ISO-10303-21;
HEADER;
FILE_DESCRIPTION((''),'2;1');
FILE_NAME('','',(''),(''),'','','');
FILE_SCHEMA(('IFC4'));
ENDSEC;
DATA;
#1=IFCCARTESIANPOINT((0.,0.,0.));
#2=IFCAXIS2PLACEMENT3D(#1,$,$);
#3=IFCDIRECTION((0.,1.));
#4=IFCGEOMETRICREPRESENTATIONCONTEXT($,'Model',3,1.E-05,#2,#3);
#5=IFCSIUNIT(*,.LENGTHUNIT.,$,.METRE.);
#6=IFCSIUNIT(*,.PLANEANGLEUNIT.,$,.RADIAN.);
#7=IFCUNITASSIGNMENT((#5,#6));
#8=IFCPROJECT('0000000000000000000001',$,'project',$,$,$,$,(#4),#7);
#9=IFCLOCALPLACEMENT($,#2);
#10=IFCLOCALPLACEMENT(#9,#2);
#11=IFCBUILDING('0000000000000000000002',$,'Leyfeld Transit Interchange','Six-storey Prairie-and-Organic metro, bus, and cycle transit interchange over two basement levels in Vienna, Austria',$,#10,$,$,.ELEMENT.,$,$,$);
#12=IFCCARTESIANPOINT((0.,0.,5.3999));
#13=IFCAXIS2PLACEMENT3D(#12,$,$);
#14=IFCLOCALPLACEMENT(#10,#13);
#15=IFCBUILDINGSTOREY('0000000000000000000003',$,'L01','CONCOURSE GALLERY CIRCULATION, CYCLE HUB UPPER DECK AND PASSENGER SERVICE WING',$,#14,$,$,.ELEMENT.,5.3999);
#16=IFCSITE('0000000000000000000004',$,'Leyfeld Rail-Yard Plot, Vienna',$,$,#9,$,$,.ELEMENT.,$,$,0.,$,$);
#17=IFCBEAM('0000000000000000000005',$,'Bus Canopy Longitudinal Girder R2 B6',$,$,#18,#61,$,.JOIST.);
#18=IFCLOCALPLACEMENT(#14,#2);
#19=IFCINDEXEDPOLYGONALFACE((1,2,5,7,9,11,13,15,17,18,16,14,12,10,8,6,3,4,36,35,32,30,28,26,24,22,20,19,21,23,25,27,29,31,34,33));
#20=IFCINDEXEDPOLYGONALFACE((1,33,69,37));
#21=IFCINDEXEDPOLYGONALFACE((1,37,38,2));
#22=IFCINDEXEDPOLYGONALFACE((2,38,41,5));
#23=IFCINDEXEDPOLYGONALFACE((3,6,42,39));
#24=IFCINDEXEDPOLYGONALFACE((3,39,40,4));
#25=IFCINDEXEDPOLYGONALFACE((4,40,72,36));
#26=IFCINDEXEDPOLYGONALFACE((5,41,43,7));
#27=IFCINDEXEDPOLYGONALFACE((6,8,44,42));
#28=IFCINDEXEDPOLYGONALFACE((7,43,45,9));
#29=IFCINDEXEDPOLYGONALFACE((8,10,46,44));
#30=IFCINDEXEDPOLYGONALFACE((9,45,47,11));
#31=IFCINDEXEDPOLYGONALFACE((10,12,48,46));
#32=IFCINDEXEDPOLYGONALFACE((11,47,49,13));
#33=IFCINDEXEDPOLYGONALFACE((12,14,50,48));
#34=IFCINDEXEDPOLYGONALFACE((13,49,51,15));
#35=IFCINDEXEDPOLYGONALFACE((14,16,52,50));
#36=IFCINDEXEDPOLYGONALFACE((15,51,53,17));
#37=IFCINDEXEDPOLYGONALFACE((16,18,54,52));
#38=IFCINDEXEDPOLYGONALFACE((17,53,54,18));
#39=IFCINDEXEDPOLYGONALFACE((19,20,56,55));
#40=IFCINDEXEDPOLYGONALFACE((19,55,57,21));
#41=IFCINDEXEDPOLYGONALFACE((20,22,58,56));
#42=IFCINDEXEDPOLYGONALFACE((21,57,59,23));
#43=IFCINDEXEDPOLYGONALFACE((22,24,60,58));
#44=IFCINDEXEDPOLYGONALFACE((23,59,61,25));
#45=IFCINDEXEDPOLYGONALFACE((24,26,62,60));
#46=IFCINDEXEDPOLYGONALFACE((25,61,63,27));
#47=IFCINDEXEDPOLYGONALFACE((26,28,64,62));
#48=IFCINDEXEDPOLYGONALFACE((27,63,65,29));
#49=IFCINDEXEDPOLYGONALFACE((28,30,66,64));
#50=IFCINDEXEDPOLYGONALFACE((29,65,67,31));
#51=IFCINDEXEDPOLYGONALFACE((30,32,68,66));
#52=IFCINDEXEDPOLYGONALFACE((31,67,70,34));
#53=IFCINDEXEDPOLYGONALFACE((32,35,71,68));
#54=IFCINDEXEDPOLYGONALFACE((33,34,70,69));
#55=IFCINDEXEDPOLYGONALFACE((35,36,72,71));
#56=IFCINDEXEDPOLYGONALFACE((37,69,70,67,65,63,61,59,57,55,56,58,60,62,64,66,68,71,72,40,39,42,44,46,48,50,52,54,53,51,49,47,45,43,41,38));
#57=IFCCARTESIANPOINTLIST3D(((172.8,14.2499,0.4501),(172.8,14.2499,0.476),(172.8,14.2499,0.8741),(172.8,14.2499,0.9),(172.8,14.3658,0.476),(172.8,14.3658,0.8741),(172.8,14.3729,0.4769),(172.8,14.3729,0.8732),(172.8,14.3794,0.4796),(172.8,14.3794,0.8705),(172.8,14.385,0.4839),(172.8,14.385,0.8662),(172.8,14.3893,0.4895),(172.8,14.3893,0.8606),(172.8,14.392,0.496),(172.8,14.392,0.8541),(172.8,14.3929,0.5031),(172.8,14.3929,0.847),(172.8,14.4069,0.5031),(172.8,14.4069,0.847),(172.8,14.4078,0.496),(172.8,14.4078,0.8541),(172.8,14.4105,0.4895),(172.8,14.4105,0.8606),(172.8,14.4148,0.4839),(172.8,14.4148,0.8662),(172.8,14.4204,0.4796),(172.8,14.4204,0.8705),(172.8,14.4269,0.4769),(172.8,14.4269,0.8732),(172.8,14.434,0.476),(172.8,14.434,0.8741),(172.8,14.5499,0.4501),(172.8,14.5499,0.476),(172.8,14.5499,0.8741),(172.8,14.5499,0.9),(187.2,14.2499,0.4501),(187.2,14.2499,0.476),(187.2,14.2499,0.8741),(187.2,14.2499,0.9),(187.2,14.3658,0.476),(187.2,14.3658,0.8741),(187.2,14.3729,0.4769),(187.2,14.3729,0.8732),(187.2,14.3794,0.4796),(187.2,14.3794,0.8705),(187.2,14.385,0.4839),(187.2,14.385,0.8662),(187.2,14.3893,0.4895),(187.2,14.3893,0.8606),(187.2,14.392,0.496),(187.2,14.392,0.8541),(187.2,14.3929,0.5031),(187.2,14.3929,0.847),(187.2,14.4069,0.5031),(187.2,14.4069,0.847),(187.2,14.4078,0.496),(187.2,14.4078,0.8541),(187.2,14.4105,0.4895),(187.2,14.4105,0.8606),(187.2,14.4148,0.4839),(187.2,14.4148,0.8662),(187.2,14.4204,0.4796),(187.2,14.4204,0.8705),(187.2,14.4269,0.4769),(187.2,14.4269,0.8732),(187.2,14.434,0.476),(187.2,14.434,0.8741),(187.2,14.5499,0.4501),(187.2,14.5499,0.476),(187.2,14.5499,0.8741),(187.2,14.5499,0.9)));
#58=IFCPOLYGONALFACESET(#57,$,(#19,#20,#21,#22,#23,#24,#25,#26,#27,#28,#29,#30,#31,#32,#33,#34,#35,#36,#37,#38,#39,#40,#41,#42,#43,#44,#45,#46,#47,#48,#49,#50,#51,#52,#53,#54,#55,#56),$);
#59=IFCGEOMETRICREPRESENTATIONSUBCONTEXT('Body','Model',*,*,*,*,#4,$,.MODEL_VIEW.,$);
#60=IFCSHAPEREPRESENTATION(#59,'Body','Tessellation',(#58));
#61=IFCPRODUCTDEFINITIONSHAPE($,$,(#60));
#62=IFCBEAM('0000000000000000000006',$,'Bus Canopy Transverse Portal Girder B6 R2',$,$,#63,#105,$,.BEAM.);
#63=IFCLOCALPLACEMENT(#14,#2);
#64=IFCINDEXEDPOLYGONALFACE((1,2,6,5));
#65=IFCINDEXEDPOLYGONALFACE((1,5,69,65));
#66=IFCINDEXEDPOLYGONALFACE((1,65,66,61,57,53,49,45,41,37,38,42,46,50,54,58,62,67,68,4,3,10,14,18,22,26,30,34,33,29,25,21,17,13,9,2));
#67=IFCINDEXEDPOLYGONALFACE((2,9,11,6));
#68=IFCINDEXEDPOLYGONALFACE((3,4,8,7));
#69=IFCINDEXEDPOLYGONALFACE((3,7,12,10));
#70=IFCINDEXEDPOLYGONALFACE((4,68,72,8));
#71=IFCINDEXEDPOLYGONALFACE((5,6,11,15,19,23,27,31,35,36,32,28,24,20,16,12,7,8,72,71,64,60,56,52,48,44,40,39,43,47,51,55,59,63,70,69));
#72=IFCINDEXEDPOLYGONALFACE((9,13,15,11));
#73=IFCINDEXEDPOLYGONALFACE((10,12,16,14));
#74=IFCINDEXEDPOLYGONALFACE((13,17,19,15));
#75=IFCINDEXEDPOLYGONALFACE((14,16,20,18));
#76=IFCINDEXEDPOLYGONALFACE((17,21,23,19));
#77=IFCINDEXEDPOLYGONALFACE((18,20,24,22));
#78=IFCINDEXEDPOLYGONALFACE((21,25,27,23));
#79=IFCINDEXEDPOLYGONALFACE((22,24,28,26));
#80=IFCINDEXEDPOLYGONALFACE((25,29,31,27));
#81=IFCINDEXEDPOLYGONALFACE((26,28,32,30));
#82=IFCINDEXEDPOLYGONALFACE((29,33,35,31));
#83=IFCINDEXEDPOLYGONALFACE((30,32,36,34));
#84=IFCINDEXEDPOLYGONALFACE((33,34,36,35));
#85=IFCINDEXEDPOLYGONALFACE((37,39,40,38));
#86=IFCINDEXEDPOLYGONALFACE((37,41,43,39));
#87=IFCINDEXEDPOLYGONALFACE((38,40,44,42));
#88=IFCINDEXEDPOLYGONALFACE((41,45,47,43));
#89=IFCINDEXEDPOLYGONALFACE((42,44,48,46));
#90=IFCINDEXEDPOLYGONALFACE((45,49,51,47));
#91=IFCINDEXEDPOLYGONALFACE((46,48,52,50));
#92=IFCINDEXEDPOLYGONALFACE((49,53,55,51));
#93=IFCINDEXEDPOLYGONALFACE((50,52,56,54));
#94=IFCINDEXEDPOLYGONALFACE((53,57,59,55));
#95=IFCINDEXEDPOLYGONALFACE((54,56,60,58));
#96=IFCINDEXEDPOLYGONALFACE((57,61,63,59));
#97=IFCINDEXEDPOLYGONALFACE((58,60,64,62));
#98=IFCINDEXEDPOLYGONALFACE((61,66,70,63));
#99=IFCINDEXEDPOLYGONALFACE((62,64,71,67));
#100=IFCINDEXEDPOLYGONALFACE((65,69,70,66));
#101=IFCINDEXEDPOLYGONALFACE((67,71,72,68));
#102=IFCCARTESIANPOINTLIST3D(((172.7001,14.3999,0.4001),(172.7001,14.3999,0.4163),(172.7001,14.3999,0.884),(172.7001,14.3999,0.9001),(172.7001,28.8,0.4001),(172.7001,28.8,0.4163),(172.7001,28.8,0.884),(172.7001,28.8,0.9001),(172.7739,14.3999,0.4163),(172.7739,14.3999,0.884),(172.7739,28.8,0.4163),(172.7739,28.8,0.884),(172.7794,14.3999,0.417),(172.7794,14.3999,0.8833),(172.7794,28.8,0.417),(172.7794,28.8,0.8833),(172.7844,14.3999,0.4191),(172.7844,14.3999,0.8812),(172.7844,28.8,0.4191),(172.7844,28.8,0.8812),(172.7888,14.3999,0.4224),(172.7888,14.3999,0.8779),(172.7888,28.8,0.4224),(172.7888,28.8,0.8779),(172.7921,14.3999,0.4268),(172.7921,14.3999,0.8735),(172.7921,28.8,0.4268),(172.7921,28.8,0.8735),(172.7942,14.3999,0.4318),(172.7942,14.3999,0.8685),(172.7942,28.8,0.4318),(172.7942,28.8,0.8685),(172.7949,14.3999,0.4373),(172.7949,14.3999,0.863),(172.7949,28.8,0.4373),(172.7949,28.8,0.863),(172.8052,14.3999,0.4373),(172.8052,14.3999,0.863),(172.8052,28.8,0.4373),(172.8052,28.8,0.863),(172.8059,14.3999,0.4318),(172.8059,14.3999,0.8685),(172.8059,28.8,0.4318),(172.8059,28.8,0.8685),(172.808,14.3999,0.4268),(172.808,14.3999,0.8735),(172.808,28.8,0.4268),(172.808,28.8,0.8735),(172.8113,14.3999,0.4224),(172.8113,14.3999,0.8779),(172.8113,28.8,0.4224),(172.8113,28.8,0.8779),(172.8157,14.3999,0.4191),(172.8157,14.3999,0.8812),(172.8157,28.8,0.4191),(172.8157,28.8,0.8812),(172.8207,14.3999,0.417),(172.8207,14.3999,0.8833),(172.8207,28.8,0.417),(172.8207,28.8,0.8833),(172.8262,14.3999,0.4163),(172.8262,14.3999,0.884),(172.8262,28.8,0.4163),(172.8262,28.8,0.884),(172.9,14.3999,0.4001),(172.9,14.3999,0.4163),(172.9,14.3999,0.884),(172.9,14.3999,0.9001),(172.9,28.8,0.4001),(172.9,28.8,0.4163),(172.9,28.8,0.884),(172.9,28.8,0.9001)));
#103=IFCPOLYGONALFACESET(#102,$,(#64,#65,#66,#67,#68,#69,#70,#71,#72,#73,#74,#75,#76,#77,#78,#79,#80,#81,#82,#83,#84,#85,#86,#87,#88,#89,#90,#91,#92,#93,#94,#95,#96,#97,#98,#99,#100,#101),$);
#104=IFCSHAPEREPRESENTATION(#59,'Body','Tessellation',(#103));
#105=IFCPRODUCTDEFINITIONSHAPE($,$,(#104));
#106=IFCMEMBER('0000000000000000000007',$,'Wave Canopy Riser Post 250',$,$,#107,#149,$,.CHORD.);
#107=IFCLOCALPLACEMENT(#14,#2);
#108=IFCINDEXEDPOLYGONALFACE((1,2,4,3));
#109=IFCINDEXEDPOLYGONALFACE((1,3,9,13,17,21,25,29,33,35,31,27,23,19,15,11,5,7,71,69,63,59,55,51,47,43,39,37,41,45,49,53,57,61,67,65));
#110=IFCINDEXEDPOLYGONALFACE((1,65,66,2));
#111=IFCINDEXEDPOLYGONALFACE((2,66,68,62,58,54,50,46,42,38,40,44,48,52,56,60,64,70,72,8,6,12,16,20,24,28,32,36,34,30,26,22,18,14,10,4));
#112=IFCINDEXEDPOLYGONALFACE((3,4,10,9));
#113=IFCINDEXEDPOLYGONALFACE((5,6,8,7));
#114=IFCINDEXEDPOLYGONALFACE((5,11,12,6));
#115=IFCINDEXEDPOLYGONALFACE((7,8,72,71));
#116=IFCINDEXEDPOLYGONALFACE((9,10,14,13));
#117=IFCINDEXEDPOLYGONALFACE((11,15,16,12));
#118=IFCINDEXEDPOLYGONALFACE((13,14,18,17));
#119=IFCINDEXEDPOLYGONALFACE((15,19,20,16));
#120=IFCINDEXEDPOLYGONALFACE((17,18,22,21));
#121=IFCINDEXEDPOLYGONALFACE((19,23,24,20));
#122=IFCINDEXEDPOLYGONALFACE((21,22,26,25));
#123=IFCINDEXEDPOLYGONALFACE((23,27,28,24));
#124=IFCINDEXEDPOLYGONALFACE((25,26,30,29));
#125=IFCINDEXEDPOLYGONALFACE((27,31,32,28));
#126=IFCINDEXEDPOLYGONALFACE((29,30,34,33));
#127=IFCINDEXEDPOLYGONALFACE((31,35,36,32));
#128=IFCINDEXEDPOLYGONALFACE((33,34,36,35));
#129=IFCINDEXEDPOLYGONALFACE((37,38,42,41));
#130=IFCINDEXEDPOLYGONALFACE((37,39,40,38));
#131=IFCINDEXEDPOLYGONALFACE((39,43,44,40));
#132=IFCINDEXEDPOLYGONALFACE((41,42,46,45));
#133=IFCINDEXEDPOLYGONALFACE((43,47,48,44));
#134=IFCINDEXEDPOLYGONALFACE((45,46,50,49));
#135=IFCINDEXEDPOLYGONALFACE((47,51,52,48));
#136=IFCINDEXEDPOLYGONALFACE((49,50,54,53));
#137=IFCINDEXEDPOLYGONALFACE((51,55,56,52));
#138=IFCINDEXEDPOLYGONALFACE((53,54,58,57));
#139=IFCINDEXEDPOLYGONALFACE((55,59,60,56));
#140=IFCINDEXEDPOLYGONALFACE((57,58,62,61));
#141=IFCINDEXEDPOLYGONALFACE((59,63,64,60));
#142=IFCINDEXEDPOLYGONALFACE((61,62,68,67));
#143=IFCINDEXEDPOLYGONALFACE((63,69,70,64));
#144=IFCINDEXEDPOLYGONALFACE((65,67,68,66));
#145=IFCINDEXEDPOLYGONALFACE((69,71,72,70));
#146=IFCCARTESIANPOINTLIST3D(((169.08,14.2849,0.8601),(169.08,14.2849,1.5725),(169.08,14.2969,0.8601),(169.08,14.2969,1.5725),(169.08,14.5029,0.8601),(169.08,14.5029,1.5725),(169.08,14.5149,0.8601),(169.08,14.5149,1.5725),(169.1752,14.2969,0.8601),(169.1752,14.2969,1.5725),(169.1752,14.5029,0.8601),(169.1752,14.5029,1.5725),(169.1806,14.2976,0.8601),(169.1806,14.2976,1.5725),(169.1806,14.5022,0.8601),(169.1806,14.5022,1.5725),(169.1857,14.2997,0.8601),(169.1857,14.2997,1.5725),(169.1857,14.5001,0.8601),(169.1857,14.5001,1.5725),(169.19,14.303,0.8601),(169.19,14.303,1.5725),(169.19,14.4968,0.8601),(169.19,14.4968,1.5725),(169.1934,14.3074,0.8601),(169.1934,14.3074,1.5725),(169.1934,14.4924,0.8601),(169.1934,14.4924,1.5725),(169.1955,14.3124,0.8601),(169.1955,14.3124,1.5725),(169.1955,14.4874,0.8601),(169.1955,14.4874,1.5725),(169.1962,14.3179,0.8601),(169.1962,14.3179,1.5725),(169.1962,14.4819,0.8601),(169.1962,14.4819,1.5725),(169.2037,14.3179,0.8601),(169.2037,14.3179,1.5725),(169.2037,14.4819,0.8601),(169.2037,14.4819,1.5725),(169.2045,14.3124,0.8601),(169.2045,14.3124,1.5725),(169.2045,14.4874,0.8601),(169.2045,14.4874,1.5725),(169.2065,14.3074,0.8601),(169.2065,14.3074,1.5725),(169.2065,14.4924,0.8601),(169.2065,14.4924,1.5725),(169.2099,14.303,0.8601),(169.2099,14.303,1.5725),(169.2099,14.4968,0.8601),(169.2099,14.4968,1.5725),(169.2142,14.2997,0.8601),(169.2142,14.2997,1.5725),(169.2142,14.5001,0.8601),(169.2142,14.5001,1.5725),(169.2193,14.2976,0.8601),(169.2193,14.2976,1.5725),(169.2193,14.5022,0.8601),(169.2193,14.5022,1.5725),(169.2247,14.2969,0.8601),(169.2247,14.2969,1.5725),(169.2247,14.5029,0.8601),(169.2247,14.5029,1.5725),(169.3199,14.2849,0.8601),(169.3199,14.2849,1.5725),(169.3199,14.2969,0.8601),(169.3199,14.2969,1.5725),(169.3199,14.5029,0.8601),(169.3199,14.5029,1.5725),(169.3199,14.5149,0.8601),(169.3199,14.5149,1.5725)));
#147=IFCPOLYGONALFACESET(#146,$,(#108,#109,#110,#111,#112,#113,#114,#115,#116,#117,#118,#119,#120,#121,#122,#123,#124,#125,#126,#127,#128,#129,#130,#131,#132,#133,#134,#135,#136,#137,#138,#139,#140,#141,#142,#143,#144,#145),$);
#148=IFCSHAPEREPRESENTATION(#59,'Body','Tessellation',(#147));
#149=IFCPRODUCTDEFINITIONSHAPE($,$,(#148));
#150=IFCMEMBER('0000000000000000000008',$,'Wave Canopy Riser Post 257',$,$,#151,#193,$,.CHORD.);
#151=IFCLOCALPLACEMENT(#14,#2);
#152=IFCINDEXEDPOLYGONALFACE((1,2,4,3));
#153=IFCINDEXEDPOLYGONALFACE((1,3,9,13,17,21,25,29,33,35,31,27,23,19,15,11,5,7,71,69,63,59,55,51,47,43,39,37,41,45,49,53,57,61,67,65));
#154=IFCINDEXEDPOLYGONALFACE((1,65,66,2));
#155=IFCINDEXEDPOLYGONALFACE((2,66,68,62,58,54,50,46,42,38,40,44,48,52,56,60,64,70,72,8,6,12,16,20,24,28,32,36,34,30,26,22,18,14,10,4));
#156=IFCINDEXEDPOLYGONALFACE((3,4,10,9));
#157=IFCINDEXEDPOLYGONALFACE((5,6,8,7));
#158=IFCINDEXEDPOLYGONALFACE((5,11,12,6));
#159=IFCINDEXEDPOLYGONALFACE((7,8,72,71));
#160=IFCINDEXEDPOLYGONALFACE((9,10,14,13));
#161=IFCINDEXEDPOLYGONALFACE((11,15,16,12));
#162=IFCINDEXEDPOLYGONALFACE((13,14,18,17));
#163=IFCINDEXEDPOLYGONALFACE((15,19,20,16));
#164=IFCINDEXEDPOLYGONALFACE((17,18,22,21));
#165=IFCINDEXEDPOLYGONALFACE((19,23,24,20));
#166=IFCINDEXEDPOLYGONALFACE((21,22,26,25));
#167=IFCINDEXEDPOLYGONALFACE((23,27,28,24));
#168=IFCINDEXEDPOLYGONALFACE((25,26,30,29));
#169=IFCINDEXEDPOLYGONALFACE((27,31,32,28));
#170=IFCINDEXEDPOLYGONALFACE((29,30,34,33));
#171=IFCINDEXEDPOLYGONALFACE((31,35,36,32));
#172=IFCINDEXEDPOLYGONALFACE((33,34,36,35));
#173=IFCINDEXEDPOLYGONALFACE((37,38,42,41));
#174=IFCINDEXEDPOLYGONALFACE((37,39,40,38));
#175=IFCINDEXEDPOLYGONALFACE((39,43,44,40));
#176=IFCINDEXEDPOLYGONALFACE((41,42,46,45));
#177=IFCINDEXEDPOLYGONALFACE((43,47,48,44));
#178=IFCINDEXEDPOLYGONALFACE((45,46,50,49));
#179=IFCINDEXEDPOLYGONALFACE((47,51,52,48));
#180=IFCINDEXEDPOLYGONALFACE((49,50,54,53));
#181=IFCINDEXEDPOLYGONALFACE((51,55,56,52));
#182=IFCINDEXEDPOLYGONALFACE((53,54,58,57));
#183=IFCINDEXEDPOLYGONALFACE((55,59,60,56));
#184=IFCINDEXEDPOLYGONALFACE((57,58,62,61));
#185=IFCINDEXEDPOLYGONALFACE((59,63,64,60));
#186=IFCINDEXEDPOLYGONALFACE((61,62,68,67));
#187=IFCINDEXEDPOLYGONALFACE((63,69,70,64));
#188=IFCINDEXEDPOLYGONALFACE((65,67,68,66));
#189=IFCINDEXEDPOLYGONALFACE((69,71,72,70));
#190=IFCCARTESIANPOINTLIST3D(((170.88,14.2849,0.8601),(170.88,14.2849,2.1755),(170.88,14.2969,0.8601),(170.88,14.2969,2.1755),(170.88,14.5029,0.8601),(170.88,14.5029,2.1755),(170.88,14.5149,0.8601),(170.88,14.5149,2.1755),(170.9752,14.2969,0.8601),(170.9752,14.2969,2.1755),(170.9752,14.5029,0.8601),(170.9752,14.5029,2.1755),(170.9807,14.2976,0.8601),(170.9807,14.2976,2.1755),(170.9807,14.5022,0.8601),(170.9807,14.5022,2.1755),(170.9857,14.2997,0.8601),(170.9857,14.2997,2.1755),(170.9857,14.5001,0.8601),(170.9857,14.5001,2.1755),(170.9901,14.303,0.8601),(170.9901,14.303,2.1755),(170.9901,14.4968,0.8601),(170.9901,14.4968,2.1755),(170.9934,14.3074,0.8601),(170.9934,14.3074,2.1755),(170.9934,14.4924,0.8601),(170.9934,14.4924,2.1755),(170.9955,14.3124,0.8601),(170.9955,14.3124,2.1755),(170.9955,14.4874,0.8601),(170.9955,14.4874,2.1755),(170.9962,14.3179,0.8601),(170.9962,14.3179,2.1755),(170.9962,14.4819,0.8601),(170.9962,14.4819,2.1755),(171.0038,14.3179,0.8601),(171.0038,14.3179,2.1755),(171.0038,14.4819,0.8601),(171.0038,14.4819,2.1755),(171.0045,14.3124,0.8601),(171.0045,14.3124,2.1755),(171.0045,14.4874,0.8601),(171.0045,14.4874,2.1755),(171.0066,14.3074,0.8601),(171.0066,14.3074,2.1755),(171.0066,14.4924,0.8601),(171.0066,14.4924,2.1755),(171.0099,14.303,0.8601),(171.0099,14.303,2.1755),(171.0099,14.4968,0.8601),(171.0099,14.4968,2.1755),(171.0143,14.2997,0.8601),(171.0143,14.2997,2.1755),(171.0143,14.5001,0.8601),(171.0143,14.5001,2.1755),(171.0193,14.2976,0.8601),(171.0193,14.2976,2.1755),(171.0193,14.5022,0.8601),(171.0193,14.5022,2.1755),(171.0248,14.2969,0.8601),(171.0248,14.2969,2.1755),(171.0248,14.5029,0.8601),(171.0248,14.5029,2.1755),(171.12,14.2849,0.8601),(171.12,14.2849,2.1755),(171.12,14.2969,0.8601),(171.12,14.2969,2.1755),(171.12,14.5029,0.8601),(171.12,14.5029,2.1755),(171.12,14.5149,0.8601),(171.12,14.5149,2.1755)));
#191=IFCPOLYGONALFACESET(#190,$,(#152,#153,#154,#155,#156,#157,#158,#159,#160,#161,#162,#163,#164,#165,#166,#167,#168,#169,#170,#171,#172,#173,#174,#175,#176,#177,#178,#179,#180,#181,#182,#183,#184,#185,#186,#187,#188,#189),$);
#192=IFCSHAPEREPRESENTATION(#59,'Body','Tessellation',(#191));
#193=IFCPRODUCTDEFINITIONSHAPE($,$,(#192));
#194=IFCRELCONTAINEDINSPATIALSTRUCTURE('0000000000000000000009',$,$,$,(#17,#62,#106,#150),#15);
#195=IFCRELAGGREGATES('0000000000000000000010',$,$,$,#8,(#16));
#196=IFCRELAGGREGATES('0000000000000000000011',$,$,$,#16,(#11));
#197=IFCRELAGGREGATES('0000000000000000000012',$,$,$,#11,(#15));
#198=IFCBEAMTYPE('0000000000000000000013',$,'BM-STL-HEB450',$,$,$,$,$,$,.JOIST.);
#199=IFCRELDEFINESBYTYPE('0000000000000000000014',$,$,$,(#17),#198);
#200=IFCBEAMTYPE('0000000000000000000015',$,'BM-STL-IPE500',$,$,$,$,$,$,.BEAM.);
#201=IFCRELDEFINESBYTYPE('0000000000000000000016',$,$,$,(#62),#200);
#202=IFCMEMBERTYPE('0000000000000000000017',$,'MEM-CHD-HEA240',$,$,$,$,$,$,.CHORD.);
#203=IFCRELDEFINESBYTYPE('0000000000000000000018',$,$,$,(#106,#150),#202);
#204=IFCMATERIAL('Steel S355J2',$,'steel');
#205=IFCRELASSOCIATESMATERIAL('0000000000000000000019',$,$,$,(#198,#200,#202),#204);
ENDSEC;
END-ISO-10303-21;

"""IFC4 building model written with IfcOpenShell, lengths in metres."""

from ifc_helpers import new_model, si_unit, direction, frame, origin, origin_2d, place, context, subcontext, project, spatial, i_section, extrude, material, material_profile, profile_set, type_object, element, save


model = new_model("IFC4")

# Units and contexts
model_context = context("Model", 3, precision=1e-05, world=origin(), true_north=direction((0.0, 1.0)))
body_context = subcontext(model_context, "Body", "Model", "MODEL_VIEW")
ifc_project = project(units=[si_unit("LENGTHUNIT", "METRE"), si_unit("PLANEANGLEUNIT", "RADIAN")], contexts=[model_context])

# Site, building, storey
site_placement = place(None, origin())
site = spatial("IfcSite", under=ifc_project, at=site_placement, Name="Leyfeld Rail-Yard Plot, Vienna", CompositionType="ELEMENT", RefElevation=0.0)
building_placement = place(site_placement, origin())
building = spatial("IfcBuilding", under=site, at=building_placement, Name="Leyfeld Transit Interchange", Description="Six-storey Prairie-and-Organic metro, bus, and cycle transit interchange over two basement levels in Vienna, Austria", CompositionType="ELEMENT")
storey_placement = place(building_placement, frame((0.0, 0.0, 5.3999)))
storey = spatial("IfcBuildingStorey", under=building, at=storey_placement, Name="L01", Description="CONCOURSE GALLERY CIRCULATION, CYCLE HUB UPPER DECK AND PASSENGER SERVICE WING", CompositionType="ELEMENT", Elevation=5.3999)

# Beams
ifc_material_1 = material(Name="Steel S355J2", Category="steel")
ifc_material_profile_1 = material_profile(ifc_material_1, i_section(OverallWidth=0.3, OverallDepth=0.45, WebThickness=0.0139, FlangeThickness=0.0259, FilletRadius=0.0271, at=origin_2d()), Name="HEB 450")
ifc_profile_set_1 = profile_set([ifc_material_profile_1], Name="Steel S355J2")
beam_type_1 = type_object("IfcBeamType", Name="BM-STL-HEB450", PredefinedType="JOIST", material=ifc_profile_set_1)
beam_1_placement = place(storey_placement, frame((172.8, 14.3999, 0.675), z_axis=(1.0, 0.0, 0.0), x_axis=(0.0, 1.0, 0.0)))
element("IfcBeam", 1, at=beam_1_placement, inside=storey, type_object=beam_type_1, Name="Bus Canopy Longitudinal Girder R2 B6", PredefinedType="JOIST", context=body_context, shape_type="SweptSolid", body=[
    extrude(i_section(OverallWidth=0.3, OverallDepth=0.45, WebThickness=0.0139, FlangeThickness=0.0259, FilletRadius=0.0271, at=origin_2d()), origin(), (0.0, 0.0, 1.0), 14.3999),
])
ifc_material_profile_2 = material_profile(ifc_material_1, i_section(OverallWidth=0.2, OverallDepth=0.5, WebThickness=0.0103, FlangeThickness=0.0161, FilletRadius=0.021, at=origin_2d()), Name="IPE 500")
ifc_profile_set_2 = profile_set([ifc_material_profile_2], Name="Steel S355J2")
beam_type_2 = type_object("IfcBeamType", Name="BM-STL-IPE500", PredefinedType="BEAM", material=ifc_profile_set_2)
beam_2_placement = place(storey_placement, frame((172.8, 14.3999, 0.6501), z_axis=(0.0, 1.0, 0.0), x_axis=(-1.0, 0.0, 0.0)))
element("IfcBeam", 2, at=beam_2_placement, inside=storey, type_object=beam_type_2, Name="Bus Canopy Transverse Portal Girder B6 R2", PredefinedType="BEAM", context=body_context, shape_type="SweptSolid", body=[
    extrude(i_section(OverallWidth=0.2, OverallDepth=0.5, WebThickness=0.0103, FlangeThickness=0.0161, FilletRadius=0.021, at=origin_2d()), origin(), (0.0, 0.0, 1.0), 14.4001),
])

# Members
ifc_material_profile_3 = material_profile(ifc_material_1, i_section(OverallWidth=0.24, OverallDepth=0.23, WebThickness=0.0076, FlangeThickness=0.012, FilletRadius=0.021, at=origin_2d()), Name="HEA 240")
ifc_profile_set_3 = profile_set([ifc_material_profile_3], Name="Steel S355J2")
member_type_1 = type_object("IfcMemberType", Name="MEM-CHD-HEA240", PredefinedType="CHORD", material=ifc_profile_set_3)
member_1_placement = place(storey_placement, frame((169.2, 14.3999, 0.8601), z_axis=(0.0, 0.0, 1.0), x_axis=(1.0, 0.0, 0.0)))
element("IfcMember", 3, at=member_1_placement, inside=storey, type_object=member_type_1, Name="Wave Canopy Riser Post 250", PredefinedType="CHORD", context=body_context, shape_type="SweptSolid", body=[
    extrude(i_section(OverallWidth=0.24, OverallDepth=0.23, WebThickness=0.0076, FlangeThickness=0.012, FilletRadius=0.021, at=origin_2d()), origin(), (0.0, 0.0, 1.0), 0.7124),
])
member_2_placement = place(storey_placement, frame((171.0, 14.3999, 0.8601), z_axis=(0.0, 0.0, 1.0), x_axis=(1.0, 0.0, 0.0)))
element("IfcMember", 4, at=member_2_placement, inside=storey, type_object=member_type_1, Name="Wave Canopy Riser Post 257", PredefinedType="CHORD", context=body_context, shape_type="SweptSolid", body=[
    extrude(i_section(OverallWidth=0.24, OverallDepth=0.23, WebThickness=0.0076, FlangeThickness=0.012, FilletRadius=0.021, at=origin_2d()), origin(), (0.0, 0.0, 1.0), 1.3154),
])

save(model, "model.ifc")
